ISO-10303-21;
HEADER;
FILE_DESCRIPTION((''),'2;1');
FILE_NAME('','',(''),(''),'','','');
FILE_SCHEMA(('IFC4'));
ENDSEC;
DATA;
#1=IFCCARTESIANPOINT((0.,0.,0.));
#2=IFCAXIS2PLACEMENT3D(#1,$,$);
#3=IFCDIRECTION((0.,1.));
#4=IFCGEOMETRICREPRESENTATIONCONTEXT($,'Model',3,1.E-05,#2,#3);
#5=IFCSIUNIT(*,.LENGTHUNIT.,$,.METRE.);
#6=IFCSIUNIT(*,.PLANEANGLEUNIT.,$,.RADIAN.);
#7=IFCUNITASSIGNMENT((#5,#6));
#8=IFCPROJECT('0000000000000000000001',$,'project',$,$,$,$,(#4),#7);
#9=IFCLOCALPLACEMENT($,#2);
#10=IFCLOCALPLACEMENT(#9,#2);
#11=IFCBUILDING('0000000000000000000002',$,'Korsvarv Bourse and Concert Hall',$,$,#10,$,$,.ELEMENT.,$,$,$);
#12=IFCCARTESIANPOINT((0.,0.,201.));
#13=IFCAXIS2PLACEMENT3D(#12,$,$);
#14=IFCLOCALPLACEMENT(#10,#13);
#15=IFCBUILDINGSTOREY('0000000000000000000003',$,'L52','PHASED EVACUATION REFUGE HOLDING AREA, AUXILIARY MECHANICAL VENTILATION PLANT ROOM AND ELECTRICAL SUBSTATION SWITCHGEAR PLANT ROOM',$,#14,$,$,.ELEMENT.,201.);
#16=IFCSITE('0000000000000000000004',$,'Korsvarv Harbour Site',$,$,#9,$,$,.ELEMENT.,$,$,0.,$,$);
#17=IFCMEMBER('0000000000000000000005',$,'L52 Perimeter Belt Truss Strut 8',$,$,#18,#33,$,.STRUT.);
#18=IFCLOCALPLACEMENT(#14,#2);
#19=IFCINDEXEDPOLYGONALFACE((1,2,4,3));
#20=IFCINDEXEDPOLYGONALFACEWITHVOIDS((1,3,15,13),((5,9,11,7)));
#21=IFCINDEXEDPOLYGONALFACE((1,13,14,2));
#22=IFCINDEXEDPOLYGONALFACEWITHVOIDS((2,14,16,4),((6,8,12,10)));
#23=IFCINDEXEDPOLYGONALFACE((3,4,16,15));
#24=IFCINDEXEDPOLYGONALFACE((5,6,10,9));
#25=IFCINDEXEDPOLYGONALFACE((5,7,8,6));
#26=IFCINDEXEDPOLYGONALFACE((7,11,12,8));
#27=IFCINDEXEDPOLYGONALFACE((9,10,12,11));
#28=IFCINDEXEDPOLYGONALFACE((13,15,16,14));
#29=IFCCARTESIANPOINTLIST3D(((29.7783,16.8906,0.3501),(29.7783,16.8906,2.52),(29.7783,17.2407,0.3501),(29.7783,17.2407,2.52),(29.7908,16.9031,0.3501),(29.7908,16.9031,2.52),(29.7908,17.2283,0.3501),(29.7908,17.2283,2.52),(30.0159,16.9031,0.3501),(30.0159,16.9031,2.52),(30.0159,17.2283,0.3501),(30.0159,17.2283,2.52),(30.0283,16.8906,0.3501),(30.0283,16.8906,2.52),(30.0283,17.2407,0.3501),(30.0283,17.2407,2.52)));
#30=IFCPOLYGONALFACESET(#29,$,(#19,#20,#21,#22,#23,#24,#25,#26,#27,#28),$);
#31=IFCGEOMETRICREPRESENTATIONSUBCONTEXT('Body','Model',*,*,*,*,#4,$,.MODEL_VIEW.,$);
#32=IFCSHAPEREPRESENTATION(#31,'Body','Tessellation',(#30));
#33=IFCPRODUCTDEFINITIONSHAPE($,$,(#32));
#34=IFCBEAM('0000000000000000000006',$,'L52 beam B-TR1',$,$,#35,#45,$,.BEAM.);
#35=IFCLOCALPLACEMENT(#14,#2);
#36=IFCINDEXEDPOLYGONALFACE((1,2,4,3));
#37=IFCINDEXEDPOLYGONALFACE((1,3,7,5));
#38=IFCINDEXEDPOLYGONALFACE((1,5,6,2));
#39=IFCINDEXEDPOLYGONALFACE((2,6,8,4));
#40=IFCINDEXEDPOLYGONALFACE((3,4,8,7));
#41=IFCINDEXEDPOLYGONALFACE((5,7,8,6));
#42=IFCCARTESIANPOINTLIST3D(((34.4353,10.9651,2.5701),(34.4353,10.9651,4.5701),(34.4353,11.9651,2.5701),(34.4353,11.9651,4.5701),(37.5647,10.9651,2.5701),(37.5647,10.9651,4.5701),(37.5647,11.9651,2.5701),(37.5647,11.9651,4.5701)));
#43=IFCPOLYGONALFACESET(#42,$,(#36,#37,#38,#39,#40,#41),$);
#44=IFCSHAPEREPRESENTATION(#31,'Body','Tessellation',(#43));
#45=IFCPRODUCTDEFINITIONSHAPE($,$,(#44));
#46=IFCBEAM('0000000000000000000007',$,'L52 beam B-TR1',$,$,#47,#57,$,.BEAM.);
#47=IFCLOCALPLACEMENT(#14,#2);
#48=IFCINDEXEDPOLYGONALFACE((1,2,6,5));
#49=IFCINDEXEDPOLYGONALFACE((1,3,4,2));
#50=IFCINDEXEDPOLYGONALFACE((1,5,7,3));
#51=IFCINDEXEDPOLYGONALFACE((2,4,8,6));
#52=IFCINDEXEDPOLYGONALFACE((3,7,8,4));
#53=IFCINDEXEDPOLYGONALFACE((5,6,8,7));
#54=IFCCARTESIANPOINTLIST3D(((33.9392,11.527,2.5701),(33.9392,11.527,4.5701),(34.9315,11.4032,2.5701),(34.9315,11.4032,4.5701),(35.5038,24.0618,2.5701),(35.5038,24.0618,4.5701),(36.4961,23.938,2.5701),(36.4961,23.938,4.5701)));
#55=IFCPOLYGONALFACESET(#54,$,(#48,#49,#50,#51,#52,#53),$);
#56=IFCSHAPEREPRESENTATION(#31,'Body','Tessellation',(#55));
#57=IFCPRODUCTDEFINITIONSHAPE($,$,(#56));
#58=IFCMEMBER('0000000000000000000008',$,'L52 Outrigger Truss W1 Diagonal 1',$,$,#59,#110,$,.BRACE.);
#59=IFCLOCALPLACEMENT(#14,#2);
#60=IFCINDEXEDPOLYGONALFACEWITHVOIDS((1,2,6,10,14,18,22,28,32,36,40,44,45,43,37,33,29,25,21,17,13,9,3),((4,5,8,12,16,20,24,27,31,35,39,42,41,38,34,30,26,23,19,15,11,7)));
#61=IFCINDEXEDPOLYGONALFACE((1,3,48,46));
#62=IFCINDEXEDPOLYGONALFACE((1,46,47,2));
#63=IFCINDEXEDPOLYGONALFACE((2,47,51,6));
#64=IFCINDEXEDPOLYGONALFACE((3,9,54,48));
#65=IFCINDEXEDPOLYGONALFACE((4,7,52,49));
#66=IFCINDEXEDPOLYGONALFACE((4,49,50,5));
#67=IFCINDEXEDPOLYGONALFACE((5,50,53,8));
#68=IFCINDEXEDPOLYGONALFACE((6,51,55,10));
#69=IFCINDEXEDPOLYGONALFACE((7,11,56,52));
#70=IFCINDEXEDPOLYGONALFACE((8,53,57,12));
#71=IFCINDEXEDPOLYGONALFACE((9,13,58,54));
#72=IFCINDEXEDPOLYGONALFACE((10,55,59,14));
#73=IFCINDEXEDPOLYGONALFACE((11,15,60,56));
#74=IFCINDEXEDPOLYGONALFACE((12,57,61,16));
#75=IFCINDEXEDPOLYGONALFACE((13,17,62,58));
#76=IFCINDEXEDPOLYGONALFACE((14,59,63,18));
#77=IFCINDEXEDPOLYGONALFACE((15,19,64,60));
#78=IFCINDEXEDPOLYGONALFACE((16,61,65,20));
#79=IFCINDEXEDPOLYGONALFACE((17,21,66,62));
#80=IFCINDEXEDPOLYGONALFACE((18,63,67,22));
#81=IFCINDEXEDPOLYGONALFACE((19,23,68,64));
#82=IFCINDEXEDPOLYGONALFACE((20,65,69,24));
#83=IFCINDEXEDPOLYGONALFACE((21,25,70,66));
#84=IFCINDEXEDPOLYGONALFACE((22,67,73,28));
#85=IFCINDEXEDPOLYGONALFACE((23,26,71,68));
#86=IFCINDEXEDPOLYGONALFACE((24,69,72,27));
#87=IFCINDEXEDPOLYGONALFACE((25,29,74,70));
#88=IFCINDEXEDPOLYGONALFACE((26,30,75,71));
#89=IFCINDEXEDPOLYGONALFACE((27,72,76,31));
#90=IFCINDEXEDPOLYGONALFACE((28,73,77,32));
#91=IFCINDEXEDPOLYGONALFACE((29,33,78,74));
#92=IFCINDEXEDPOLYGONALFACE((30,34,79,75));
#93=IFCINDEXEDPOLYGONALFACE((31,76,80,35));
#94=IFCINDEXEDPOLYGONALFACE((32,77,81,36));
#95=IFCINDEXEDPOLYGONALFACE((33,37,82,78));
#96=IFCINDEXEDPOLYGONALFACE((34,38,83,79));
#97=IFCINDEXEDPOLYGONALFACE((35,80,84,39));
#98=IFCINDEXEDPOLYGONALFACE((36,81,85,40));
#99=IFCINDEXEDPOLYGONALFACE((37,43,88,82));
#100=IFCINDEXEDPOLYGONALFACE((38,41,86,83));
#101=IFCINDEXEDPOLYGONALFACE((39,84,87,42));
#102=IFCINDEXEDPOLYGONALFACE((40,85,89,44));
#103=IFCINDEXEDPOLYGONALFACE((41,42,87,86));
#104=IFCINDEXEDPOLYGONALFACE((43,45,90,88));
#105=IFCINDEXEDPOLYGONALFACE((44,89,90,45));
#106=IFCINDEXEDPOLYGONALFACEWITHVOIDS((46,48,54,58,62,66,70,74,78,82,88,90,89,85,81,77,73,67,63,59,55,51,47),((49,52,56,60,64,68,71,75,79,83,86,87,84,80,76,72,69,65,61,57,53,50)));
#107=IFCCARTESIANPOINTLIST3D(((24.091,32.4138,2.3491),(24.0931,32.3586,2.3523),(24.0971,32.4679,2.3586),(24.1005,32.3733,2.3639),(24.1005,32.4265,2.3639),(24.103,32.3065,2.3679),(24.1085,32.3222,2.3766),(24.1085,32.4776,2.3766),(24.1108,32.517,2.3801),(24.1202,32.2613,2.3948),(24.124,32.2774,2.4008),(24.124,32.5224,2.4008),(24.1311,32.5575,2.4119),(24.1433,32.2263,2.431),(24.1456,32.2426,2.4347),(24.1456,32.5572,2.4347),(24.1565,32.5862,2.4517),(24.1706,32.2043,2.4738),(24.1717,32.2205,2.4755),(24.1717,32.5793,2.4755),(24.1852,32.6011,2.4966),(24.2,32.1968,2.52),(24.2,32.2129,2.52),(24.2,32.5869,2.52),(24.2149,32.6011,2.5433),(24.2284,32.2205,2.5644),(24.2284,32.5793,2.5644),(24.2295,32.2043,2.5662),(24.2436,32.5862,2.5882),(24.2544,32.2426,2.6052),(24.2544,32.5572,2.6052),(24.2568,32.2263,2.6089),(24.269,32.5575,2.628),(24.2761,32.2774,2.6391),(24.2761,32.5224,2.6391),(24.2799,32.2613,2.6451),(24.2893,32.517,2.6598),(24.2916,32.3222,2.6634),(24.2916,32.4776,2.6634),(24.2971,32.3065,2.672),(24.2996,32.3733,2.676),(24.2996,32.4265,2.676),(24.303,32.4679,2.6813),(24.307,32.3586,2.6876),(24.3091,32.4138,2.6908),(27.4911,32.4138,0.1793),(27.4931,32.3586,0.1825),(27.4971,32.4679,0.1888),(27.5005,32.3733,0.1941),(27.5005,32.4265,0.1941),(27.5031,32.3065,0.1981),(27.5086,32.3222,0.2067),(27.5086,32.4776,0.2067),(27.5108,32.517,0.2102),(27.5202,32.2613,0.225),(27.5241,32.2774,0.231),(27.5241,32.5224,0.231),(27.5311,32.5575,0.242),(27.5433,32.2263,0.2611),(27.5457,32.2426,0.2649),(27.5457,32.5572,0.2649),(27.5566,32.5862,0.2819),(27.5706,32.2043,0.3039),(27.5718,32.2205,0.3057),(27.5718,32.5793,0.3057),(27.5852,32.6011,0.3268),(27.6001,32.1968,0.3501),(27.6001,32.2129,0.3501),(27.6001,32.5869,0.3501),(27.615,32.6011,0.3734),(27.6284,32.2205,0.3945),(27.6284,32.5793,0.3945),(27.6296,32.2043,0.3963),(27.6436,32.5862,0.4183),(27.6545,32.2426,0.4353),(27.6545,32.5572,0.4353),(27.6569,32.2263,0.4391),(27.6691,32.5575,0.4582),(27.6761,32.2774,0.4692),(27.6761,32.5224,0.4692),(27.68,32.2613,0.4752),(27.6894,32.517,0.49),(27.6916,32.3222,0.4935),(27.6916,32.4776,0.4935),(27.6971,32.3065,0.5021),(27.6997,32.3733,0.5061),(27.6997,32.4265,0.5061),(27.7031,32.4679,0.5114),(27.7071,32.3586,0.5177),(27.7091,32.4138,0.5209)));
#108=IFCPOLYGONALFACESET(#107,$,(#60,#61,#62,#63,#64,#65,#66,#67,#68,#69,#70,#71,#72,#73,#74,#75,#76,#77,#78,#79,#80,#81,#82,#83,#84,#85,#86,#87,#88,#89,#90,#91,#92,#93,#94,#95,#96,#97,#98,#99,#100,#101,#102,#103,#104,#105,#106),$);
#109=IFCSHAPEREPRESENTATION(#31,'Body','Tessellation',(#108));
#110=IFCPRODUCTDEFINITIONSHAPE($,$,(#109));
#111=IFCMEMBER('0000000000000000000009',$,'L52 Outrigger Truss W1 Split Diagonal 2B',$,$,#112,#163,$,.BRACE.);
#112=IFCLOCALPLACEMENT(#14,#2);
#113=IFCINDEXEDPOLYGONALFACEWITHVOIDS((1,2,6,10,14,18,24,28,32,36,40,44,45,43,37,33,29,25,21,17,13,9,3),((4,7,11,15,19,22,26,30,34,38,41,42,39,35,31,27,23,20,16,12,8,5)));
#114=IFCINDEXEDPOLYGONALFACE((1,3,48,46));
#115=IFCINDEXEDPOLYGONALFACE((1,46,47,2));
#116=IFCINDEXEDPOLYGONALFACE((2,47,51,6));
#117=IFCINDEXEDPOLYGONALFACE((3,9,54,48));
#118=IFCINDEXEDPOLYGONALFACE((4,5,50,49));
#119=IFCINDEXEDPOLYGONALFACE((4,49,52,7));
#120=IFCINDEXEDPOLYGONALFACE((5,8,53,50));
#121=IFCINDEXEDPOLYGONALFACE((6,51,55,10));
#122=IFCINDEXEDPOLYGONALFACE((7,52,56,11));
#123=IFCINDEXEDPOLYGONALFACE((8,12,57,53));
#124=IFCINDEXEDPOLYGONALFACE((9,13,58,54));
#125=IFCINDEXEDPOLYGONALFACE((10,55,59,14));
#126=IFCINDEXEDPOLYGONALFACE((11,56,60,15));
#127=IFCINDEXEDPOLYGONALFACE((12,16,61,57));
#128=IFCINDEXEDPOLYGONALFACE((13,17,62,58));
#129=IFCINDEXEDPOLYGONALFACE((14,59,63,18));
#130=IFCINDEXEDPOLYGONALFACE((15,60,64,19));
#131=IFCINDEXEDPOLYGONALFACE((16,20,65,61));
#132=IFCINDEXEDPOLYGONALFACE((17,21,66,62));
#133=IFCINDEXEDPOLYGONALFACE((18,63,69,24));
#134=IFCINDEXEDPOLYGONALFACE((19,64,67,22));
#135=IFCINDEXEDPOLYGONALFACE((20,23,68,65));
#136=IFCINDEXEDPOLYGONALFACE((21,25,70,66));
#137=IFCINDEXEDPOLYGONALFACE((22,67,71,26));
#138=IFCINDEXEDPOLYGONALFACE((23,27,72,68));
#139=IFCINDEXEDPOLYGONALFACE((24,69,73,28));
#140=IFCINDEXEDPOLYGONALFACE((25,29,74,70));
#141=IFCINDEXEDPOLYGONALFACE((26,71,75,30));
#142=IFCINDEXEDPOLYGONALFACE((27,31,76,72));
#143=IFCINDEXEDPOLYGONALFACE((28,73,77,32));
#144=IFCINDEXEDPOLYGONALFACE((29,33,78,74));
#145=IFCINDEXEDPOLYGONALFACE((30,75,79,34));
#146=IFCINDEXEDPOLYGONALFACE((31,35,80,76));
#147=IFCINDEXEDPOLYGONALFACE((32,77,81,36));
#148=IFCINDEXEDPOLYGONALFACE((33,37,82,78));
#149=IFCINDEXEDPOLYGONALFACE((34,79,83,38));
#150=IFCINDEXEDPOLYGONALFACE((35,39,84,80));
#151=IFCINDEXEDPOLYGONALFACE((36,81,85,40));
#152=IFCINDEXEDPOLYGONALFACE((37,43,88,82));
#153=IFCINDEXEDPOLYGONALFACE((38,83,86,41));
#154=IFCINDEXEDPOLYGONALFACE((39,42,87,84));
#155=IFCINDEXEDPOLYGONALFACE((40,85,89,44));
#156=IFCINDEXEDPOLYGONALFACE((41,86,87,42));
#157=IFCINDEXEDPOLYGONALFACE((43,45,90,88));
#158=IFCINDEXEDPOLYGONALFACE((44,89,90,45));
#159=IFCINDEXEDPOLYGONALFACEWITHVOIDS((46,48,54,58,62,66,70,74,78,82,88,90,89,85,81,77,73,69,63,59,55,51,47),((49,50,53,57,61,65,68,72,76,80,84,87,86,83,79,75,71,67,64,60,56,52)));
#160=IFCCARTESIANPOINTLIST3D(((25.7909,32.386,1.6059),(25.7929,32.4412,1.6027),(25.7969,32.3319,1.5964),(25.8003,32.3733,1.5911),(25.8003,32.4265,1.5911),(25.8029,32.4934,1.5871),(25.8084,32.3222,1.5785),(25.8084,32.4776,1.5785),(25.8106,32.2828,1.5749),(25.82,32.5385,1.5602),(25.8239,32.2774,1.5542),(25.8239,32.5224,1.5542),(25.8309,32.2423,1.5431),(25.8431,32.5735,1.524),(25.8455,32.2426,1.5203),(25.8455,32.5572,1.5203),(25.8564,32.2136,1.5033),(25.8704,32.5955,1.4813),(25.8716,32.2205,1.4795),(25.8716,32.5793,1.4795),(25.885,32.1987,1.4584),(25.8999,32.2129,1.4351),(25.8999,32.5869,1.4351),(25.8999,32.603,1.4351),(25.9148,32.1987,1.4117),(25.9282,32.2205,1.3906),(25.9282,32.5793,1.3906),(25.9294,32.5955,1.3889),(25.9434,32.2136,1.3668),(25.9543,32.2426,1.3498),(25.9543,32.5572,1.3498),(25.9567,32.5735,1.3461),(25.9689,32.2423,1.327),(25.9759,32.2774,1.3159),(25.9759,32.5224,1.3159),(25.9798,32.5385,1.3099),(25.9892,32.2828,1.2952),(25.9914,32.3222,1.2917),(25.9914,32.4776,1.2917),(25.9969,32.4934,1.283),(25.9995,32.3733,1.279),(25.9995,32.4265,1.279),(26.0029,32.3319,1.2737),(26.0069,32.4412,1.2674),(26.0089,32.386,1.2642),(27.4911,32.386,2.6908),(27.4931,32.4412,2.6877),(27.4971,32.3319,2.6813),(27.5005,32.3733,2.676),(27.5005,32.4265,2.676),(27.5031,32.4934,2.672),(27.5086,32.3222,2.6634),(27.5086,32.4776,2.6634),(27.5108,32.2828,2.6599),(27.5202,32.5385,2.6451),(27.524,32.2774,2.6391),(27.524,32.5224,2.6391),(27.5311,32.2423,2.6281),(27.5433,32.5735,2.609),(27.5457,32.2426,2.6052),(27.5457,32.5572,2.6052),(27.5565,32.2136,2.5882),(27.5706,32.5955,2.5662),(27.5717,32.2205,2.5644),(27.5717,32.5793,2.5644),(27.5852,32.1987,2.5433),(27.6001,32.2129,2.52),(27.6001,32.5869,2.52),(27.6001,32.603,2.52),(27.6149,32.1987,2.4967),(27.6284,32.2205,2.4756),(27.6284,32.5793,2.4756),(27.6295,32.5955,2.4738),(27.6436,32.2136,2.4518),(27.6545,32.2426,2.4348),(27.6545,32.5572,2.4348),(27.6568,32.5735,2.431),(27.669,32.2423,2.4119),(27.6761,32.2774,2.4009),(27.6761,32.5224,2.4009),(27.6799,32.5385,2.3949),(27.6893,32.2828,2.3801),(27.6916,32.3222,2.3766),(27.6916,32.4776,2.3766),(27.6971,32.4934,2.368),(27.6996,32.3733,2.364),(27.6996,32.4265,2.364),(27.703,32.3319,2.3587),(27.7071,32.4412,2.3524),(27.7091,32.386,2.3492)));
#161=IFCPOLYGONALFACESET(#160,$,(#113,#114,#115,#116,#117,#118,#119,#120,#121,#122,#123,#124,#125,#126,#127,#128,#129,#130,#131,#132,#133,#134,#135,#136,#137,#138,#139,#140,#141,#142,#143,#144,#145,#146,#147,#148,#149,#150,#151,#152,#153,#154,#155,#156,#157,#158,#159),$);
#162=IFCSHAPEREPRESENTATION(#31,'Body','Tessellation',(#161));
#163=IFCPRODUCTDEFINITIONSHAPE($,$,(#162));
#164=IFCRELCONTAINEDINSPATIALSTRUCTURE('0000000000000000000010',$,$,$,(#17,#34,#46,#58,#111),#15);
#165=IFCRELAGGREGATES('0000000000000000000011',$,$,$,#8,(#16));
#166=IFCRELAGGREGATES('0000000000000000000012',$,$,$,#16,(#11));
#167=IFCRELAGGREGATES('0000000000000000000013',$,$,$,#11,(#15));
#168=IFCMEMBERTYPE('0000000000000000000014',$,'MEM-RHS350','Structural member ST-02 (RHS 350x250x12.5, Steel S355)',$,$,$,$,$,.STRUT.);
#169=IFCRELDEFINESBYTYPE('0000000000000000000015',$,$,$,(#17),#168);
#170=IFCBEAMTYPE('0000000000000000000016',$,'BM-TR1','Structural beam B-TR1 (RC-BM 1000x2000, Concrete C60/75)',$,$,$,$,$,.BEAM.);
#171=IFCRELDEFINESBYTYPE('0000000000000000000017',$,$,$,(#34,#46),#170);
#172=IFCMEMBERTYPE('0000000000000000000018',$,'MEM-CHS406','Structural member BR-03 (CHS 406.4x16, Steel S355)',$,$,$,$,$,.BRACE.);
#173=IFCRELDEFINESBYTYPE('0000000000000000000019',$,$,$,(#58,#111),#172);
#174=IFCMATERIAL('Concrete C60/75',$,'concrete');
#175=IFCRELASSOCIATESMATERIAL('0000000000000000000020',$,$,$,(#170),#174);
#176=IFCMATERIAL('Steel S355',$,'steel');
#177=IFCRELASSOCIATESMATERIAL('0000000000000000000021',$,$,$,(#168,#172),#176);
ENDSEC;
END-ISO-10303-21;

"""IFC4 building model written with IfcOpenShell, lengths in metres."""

from ifc_helpers import new_model, si_unit, direction, frame, origin, origin_2d, place, context, subcontext, project, spatial, rectangle, hollow_rectangle, hollow_circle, extrude, source, transform, mapped, material, material_profile, profile_set, type_object, element, save


model = new_model("IFC4")

# Units and contexts
model_context = context("Model", 3, precision=1e-05, world=origin(), true_north=direction((0.0, 1.0)))
body_context = subcontext(model_context, "Body", "Model", "MODEL_VIEW")
ifc_project = project(units=[si_unit("LENGTHUNIT", "METRE"), si_unit("PLANEANGLEUNIT", "RADIAN")], contexts=[model_context])

# Site, building, storey
site_placement = place(None, origin())
site = spatial("IfcSite", under=ifc_project, at=site_placement, Name="Korsvarv Harbour Site", CompositionType="ELEMENT", RefElevation=0.0)
building_placement = place(site_placement, origin())
building = spatial("IfcBuilding", under=site, at=building_placement, Name="Korsvarv Bourse and Concert Hall", CompositionType="ELEMENT")
storey_placement = place(building_placement, frame((0.0, 0.0, 201.0)))
storey = spatial("IfcBuildingStorey", under=building, at=storey_placement, Name="L52", Description="PHASED EVACUATION REFUGE HOLDING AREA, AUXILIARY MECHANICAL VENTILATION PLANT ROOM AND ELECTRICAL SUBSTATION SWITCHGEAR PLANT ROOM", CompositionType="ELEMENT", Elevation=201.0)

# Shared definitions
ifc_material_1 = material(Name="Steel S355", Category="steel")

# Shared definitions
ifc_material_2 = material(Name="Concrete C60/75", Category="concrete")
ifc_material_profile_1 = material_profile(ifc_material_2, rectangle(XDim=1.0, YDim=2.0, at=origin_2d()), Name="RC-BM 1000x2000")
ifc_profile_set_1 = profile_set([ifc_material_profile_1], Name="Concrete C60/75")
beam_type = type_object("IfcBeamType", Name="BM-TR1", Description="Structural beam B-TR1 (RC-BM 1000x2000, Concrete C60/75)", PredefinedType="BEAM", material=ifc_profile_set_1)

# Member
ifc_material_profile_2 = material_profile(ifc_material_1, hollow_rectangle(XDim=0.25, YDim=0.3501, WallThickness=0.0125, at=origin_2d()), Name="RHS 350x250x12.5")
ifc_profile_set_2 = profile_set([ifc_material_profile_2], Name="Steel S355")
member_type_1 = type_object("IfcMemberType", Name="MEM-RHS350", Description="Structural member ST-02 (RHS 350x250x12.5, Steel S355)", PredefinedType="STRUT", material=ifc_profile_set_2)
shared_shape_1 = source(origin(), body_context, "Body", "SweptSolid", [
    extrude(hollow_rectangle(XDim=0.25, YDim=0.3501, WallThickness=0.0125, at=origin_2d()), origin(), (0.0, 0.0, 1.0), 2.1699),
])
member_1_placement = place(storey_placement, frame((29.9033, 17.0657, 0.3501), z_axis=(0.0, 0.0, 1.0), x_axis=(1.0, 0.0, 0.0)))
element("IfcMember", 1, at=member_1_placement, inside=storey, type_object=member_type_1, Name="L52 Perimeter Belt Truss Strut 8", PredefinedType="STRUT", context=body_context, shape_type="MappedRepresentation", body=[
    mapped(shared_shape_1, transform((0.0, 0.0, 0.0), scale=1.0)),
])

# Beams
shared_shape_2 = source(origin(), body_context, "Body", "SweptSolid", [
    extrude(rectangle(XDim=1.0, YDim=2.0, at=origin_2d()), origin(), (0.0, 0.0, 1.0), 3.1294),
])
beam_1_placement = place(storey_placement, frame((34.4353, 11.4651, 3.5701), z_axis=(1.0, 0.0, 0.0), x_axis=(0.0, 1.0, 0.0)))
element("IfcBeam", 2, at=beam_1_placement, inside=storey, type_object=beam_type, Name="L52 beam B-TR1", PredefinedType="BEAM", context=body_context, shape_type="MappedRepresentation", body=[
    mapped(shared_shape_2, transform((0.0, 0.0, 0.0), scale=1.0)),
])
shared_shape_3 = source(origin(), body_context, "Body", "SweptSolid", [
    extrude(rectangle(XDim=1.0, YDim=2.0, at=origin_2d()), origin(), (0.0, 0.0, 1.0), 12.6321),
])
beam_2_placement = place(storey_placement, frame((34.4353, 11.4651, 3.5701), z_axis=(0.123866, 0.992299, 0.0), x_axis=(-0.992299, 0.123866, 0.0)))
element("IfcBeam", 3, at=beam_2_placement, inside=storey, type_object=beam_type, Name="L52 beam B-TR1", PredefinedType="BEAM", context=body_context, shape_type="MappedRepresentation", body=[
    mapped(shared_shape_3, transform((0.0, 0.0, 0.0), scale=1.0)),
])

# Members
ifc_material_profile_3 = material_profile(ifc_material_1, hollow_circle(Radius=0.2031, WallThickness=0.0161, at=origin_2d()), Name="CHS 406.4x16")
ifc_profile_set_3 = profile_set([ifc_material_profile_3], Name="Steel S355")
member_type_2 = type_object("IfcMemberType", Name="MEM-CHS406", Description="Structural member BR-03 (CHS 406.4x16, Steel S355)", PredefinedType="BRACE", material=ifc_profile_set_3)
shared_shape_4 = source(origin(), body_context, "Body", "SweptSolid", [
    extrude(hollow_circle(Radius=0.2031, WallThickness=0.0161, at=origin_2d()), origin(), (0.0, 0.0, 1.0), 4.0334),
])
member_2_placement = place(storey_placement, frame((27.6001, 32.3999, 0.3501), z_axis=(-0.842965, 0.0, 0.537968), x_axis=(0.0, -1.0, 0.0)))
element("IfcMember", 4, at=member_2_placement, inside=storey, type_object=member_type_2, Name="L52 Outrigger Truss W1 Diagonal 1", PredefinedType="BRACE", context=body_context, shape_type="MappedRepresentation", body=[
    mapped(shared_shape_4, transform((0.0, 0.0, 0.0), scale=1.0)),
])
shared_shape_5 = source(origin(), body_context, "Body", "SweptSolid", [
    extrude(hollow_circle(Radius=0.2031, WallThickness=0.0161, at=origin_2d()), origin(), (0.0, 0.0, 1.0), 2.0168),
])
member_3_placement = place(storey_placement, frame((25.8999, 32.3999, 1.4351), z_axis=(0.842983, 0.0, 0.53794), x_axis=(0.0, 1.0, 0.0)))
element("IfcMember", 5, at=member_3_placement, inside=storey, type_object=member_type_2, Name="L52 Outrigger Truss W1 Split Diagonal 2B", PredefinedType="BRACE", context=body_context, shape_type="MappedRepresentation", body=[
    mapped(shared_shape_5, transform((0.0, 0.0, 0.0), scale=1.0)),
])

save(model, "model.ifc")
